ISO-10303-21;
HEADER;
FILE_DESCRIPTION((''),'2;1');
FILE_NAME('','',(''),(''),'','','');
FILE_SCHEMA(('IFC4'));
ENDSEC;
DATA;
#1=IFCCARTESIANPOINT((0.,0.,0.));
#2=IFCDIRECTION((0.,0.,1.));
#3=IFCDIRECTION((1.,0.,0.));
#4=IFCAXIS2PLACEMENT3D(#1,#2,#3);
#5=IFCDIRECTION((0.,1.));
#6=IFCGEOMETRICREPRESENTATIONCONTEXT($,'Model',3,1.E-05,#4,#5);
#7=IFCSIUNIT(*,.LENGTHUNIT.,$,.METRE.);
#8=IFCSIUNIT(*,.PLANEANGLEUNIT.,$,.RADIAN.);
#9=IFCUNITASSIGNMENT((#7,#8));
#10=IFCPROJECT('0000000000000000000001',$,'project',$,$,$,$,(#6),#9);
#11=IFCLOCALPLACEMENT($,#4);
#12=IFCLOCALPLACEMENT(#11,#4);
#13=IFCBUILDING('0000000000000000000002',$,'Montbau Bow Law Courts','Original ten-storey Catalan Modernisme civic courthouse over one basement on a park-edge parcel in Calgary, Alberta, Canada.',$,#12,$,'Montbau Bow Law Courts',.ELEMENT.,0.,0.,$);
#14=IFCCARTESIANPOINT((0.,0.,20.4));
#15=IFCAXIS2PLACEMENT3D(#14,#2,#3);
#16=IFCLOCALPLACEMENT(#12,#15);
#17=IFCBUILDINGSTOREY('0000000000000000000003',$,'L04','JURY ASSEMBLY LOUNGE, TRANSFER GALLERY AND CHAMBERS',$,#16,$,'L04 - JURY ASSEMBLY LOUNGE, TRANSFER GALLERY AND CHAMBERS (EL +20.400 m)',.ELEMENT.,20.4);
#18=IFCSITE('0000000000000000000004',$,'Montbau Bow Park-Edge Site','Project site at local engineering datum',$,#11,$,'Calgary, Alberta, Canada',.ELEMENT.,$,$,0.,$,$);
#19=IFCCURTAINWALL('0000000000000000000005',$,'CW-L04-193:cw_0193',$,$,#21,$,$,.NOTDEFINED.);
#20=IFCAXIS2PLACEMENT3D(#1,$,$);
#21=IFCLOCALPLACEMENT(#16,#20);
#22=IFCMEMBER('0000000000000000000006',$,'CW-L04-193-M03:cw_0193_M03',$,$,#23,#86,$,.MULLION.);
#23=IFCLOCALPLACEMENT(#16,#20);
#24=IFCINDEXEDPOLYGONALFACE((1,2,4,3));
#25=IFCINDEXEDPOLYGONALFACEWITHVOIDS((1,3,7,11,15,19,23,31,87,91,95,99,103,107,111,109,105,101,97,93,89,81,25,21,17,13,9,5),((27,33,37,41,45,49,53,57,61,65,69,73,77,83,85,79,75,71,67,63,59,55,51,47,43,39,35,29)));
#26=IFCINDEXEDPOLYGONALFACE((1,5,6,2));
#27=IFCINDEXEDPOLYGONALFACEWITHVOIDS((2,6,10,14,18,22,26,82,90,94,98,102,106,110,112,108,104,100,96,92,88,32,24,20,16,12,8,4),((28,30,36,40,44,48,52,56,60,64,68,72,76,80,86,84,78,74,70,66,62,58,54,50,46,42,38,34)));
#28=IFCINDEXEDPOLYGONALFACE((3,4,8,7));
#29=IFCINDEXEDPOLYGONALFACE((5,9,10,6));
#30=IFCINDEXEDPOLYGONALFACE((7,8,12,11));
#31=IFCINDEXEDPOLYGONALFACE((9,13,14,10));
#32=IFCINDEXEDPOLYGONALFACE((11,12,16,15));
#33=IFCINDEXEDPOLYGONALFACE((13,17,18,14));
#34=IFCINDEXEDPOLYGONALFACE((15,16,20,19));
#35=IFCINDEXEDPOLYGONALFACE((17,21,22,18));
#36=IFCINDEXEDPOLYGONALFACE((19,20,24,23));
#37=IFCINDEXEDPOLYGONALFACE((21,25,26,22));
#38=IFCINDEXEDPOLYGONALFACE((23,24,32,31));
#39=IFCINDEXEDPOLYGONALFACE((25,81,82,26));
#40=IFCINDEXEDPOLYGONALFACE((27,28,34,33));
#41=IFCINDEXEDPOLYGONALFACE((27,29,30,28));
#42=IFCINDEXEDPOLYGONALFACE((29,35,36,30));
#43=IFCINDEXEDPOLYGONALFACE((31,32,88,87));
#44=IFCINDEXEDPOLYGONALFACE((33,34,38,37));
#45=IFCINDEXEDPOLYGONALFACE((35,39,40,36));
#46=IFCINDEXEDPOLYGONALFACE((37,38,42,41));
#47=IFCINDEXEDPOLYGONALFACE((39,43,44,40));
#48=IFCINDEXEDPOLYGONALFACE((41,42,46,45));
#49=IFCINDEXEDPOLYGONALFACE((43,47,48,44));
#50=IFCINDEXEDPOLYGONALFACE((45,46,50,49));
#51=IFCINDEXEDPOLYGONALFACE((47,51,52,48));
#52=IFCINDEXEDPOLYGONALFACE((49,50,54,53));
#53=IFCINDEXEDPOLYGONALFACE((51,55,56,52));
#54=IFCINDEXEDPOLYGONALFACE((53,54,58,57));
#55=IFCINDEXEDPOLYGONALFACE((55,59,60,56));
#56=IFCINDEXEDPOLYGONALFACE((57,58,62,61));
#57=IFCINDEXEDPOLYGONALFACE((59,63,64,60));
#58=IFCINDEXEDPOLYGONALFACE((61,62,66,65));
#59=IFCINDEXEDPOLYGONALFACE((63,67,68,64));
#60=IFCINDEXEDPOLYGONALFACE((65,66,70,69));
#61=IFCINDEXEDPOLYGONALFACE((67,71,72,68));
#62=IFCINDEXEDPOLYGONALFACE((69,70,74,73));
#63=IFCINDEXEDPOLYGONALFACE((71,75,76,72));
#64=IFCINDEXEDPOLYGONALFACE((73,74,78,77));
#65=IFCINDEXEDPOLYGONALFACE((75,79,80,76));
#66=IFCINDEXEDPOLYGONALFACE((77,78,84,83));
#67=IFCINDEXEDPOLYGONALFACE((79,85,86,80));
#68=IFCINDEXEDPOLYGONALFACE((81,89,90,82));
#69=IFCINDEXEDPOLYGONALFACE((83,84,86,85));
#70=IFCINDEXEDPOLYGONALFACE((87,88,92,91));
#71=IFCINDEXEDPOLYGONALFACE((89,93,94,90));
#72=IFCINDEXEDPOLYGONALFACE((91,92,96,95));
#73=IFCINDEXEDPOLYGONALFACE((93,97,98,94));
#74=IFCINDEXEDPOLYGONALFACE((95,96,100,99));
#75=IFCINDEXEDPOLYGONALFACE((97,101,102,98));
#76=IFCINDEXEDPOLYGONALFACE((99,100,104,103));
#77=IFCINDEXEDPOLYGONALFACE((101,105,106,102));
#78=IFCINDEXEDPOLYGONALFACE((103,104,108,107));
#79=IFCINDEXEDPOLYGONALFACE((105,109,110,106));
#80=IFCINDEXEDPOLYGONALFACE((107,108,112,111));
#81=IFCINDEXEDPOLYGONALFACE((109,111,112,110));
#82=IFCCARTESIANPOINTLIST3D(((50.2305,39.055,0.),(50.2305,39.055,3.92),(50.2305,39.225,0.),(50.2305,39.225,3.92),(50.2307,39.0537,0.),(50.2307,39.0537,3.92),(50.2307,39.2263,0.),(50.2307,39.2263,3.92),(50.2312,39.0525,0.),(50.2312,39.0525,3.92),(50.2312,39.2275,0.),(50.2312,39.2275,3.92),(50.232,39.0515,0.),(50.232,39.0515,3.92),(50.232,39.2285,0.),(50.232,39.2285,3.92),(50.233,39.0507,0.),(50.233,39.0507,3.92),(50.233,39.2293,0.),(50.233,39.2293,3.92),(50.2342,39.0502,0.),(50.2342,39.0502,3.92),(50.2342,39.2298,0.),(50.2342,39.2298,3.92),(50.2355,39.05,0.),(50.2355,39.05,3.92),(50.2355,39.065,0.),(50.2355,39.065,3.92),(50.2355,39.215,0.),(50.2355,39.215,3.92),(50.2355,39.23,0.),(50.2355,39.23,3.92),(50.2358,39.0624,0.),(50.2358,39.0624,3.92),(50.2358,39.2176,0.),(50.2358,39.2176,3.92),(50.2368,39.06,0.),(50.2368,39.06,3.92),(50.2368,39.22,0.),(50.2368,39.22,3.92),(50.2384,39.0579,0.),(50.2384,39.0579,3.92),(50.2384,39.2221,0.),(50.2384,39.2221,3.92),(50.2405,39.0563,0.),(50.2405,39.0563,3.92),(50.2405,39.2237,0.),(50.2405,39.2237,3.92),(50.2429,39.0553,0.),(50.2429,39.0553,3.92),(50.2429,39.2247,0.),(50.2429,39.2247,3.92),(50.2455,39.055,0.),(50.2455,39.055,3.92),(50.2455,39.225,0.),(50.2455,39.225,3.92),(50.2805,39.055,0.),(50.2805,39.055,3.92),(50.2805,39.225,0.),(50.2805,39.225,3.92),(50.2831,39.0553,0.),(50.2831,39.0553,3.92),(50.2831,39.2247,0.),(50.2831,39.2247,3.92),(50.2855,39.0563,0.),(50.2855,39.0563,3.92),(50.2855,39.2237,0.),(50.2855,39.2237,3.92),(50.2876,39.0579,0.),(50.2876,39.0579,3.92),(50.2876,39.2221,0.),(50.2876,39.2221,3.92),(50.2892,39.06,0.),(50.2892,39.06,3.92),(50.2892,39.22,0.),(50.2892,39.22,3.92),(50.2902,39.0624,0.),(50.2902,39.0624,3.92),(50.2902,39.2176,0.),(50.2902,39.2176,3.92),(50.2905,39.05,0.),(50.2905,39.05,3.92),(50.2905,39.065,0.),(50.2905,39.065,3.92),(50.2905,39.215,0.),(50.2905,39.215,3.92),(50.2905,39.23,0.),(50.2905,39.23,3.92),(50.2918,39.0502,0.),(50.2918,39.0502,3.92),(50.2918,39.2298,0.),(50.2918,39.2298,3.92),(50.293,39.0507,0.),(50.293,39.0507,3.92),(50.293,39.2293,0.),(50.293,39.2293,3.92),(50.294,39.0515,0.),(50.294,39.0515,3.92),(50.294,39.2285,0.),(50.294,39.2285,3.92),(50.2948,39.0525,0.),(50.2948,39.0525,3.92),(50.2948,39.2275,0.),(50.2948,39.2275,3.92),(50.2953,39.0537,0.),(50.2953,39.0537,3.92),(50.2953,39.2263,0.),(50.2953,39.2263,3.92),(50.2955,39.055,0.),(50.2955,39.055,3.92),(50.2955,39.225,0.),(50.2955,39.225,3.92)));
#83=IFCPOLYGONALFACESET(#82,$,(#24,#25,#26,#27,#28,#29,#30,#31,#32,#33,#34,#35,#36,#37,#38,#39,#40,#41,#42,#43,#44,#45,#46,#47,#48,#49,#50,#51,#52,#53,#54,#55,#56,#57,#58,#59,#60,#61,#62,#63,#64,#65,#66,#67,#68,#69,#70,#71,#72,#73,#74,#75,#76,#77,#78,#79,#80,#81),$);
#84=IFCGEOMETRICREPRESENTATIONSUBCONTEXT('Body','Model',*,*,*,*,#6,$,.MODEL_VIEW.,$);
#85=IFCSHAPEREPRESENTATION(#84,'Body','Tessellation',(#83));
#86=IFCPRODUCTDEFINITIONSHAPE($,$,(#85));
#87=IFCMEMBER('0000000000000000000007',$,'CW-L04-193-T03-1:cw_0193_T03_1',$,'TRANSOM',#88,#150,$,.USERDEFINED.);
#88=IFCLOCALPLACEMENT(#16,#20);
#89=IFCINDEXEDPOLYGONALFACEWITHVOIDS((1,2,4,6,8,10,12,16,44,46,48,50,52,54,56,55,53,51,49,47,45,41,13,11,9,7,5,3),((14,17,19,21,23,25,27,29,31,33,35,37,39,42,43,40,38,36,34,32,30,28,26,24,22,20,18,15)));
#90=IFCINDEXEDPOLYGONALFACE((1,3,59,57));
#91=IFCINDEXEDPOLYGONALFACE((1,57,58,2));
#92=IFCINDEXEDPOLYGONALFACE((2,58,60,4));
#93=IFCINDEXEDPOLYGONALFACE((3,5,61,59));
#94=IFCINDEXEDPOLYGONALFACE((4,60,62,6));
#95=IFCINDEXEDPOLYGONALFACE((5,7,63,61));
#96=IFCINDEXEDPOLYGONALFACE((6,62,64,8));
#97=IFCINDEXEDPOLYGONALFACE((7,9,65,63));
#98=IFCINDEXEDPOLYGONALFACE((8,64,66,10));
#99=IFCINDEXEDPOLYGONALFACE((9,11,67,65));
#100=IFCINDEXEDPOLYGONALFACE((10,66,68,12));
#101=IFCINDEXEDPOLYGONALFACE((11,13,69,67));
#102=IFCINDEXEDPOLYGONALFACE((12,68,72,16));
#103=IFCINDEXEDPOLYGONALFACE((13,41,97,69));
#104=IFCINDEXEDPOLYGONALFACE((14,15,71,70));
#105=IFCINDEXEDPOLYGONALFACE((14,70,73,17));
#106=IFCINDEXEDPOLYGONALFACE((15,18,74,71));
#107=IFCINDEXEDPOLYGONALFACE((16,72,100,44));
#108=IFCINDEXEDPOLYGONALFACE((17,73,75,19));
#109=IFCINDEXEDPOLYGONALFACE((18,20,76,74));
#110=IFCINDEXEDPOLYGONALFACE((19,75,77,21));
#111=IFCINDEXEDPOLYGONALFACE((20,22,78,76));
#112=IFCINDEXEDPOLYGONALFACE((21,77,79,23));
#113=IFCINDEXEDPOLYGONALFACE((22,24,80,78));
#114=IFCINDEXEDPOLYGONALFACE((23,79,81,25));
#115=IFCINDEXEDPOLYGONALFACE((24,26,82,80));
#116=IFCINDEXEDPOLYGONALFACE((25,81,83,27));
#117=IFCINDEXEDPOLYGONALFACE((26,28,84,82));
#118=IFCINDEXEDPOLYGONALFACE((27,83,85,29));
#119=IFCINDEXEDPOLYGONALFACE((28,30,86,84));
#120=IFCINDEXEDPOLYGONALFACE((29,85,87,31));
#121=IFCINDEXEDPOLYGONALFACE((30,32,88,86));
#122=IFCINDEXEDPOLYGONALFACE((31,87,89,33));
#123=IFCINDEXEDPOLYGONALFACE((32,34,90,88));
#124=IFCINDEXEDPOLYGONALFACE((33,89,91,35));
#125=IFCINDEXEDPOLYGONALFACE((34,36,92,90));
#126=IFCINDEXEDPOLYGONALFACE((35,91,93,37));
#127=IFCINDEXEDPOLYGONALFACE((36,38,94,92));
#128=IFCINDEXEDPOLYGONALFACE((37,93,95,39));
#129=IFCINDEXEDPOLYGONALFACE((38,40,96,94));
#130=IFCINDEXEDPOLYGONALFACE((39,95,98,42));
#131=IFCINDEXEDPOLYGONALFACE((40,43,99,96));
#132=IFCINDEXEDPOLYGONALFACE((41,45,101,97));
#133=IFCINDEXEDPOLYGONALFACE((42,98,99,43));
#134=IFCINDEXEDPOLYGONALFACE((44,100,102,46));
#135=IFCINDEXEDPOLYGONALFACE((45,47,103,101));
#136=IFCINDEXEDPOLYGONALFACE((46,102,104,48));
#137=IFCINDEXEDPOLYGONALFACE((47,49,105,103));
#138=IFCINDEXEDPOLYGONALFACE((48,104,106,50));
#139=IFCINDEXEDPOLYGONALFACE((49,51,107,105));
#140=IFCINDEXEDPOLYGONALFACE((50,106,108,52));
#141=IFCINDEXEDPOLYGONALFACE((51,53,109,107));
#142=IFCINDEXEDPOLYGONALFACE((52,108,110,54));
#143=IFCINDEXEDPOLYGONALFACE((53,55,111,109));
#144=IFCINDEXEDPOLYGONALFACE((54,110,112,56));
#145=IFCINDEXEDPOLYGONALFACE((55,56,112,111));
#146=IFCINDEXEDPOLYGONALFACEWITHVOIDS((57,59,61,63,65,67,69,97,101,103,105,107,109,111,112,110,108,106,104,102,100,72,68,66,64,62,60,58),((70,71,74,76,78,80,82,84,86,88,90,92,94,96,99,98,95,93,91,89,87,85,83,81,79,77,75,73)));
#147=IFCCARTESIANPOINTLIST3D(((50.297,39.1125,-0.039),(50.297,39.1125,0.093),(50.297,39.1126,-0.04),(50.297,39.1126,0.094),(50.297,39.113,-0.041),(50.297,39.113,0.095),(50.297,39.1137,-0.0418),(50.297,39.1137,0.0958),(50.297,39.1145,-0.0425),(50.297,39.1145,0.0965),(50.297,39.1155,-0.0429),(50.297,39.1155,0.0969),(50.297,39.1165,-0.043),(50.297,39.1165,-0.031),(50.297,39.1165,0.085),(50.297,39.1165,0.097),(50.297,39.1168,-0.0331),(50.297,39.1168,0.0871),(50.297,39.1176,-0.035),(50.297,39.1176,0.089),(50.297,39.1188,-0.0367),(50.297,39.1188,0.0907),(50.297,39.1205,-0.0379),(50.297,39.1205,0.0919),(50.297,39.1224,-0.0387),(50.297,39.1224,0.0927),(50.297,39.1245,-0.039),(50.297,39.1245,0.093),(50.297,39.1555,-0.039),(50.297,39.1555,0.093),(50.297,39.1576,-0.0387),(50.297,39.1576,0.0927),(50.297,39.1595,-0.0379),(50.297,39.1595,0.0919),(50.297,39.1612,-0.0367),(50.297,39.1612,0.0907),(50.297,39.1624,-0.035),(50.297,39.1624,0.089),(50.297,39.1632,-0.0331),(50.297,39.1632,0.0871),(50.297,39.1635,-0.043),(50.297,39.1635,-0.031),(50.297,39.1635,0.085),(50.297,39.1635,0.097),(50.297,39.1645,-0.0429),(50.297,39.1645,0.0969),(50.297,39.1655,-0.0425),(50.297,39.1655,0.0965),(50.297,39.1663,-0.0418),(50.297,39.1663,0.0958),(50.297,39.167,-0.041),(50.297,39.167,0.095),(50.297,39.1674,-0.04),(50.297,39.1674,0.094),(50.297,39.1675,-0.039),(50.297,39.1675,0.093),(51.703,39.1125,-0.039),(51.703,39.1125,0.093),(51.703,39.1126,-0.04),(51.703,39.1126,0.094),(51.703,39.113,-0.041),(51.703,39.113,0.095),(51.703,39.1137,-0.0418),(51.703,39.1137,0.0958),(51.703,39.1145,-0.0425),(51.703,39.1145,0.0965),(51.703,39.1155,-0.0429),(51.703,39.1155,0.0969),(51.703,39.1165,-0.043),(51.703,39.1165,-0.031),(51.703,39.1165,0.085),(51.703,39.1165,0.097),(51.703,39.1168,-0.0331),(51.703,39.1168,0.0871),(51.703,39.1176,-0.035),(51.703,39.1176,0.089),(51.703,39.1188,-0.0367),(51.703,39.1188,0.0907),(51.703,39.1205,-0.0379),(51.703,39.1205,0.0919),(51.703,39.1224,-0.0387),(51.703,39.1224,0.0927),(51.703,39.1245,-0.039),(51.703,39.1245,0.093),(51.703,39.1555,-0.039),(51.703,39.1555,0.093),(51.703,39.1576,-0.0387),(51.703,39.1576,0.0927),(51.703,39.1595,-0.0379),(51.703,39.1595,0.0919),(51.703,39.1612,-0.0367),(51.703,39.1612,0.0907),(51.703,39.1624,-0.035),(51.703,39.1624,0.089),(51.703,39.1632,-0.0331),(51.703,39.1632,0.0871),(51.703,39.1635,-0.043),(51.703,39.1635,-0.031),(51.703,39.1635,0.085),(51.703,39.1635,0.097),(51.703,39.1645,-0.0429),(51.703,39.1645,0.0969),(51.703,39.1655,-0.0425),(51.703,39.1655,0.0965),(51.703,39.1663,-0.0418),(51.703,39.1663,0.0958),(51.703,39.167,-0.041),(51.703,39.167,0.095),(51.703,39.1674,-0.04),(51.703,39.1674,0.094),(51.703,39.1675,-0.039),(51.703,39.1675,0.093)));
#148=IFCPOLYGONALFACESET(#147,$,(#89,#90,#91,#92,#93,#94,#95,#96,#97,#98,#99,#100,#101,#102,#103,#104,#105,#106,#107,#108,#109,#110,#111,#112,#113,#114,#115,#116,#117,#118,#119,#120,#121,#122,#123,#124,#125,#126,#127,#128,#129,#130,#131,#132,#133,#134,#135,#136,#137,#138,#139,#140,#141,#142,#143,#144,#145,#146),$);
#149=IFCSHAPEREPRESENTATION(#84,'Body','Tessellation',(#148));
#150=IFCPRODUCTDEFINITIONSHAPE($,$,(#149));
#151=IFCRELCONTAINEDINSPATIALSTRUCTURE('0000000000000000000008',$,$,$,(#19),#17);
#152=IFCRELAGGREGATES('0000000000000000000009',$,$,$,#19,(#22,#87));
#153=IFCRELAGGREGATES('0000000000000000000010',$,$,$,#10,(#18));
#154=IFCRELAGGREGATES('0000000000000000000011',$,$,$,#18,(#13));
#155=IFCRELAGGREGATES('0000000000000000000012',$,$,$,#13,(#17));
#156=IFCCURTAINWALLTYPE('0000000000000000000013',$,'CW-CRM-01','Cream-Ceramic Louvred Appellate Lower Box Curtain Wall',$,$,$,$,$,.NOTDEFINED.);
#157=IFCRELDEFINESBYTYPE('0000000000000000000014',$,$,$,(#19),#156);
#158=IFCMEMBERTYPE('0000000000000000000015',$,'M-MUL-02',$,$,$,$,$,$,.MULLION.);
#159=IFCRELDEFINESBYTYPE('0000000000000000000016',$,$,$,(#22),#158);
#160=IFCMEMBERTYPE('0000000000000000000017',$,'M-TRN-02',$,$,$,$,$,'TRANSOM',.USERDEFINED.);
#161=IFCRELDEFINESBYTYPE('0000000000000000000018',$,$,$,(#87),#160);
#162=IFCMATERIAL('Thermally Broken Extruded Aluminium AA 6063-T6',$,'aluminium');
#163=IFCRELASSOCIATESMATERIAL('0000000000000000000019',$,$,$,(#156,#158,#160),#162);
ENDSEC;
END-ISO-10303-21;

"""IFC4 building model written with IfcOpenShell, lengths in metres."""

from ifc_helpers import new_model, si_unit, direction, frame, origin_with_axes, origin_2d_with_axis, place, context, subcontext, project, spatial, hollow_rectangle, extrude, material, material_profile, profile_set, type_object, element, aggregate, save


model = new_model("IFC4")

# Units and contexts
model_context = context("Model", 3, precision=1e-05, world=origin_with_axes(), true_north=direction((0.0, 1.0)))
body_context = subcontext(model_context, "Body", "Model", "MODEL_VIEW")
ifc_project = project(units=[si_unit("LENGTHUNIT", "METRE"), si_unit("PLANEANGLEUNIT", "RADIAN")], contexts=[model_context])

# Site, building, storey
site_placement = place(None, origin_with_axes())
site = spatial("IfcSite", under=ifc_project, at=site_placement, Name="Montbau Bow Park-Edge Site", Description="Project site at local engineering datum", LongName="Calgary, Alberta, Canada", CompositionType="ELEMENT", RefElevation=0.0)
building_placement = place(site_placement, origin_with_axes())
building = spatial("IfcBuilding", under=site, at=building_placement, Name="Montbau Bow Law Courts", Description="Original ten-storey Catalan Modernisme civic courthouse over one basement on a park-edge parcel in Calgary, Alberta, Canada.", LongName="Montbau Bow Law Courts", CompositionType="ELEMENT", ElevationOfRefHeight=0.0, ElevationOfTerrain=0.0)
storey_placement = place(building_placement, frame((0.0, 0.0, 20.4), z_axis=(0.0, 0.0, 1.0), x_axis=(1.0, 0.0, 0.0)))
storey = spatial("IfcBuildingStorey", under=building, at=storey_placement, Name="L04", Description="JURY ASSEMBLY LOUNGE, TRANSFER GALLERY AND CHAMBERS", LongName="L04 - JURY ASSEMBLY LOUNGE, TRANSFER GALLERY AND CHAMBERS (EL +20.400 m)", CompositionType="ELEMENT", Elevation=20.4)

# Curtain wall, members
ifc_material_1 = material(Name="Thermally Broken Extruded Aluminium AA 6063-T6", Category="aluminium")
curtain_wall_type = type_object("IfcCurtainWallType", Name="CW-CRM-01", Description="Cream-Ceramic Louvred Appellate Lower Box Curtain Wall", PredefinedType="NOTDEFINED", material=ifc_material_1)
curtain_wall_placement = place(None, frame((47.315, 39.14, 20.4), z_axis=(0.0, 0.0, 1.0), x_axis=(1.0, 0.0, 0.0)))
curtain_wall = element("IfcCurtainWall", 1, at=curtain_wall_placement, inside=storey, type_object=curtain_wall_type, Name="CW-L04-193:cw_0193", PredefinedType="NOTDEFINED")
ifc_material_profile_1 = material_profile(ifc_material_1, hollow_rectangle(XDim=0.065, YDim=0.18, WallThickness=0.005, InnerFilletRadius=0.01, OuterFilletRadius=0.005, at=origin_2d_with_axis()), Name="CWM-180X65", Category="Main", Priority=0)
ifc_profile_set_1 = profile_set([ifc_material_profile_1], Name="Thermally Broken Extruded Aluminium AA 6063-T6")
member_type_1 = type_object("IfcMemberType", Name="M-MUL-02", PredefinedType="MULLION", material=ifc_profile_set_1)
member_1_placement = place(None, frame((50.263, 39.14, 20.4), z_axis=(0.0, 0.0, 1.0), x_axis=(1.0, 0.0, 0.0)))
member_1 = element("IfcMember", 2, at=member_1_placement, type_object=member_type_1, Name="CW-L04-193-M03:cw_0193_M03", PredefinedType="MULLION", context=body_context, shape_type="SweptSolid", body=[
    extrude(hollow_rectangle(XDim=0.065, YDim=0.18, WallThickness=0.005, InnerFilletRadius=0.01, OuterFilletRadius=0.005, at=origin_2d_with_axis()), origin_with_axes(), (0.0, 0.0, 1.0), 3.92),
])
ifc_material_profile_2 = material_profile(ifc_material_1, hollow_rectangle(XDim=0.055, YDim=0.14, WallThickness=0.004, InnerFilletRadius=0.008, OuterFilletRadius=0.004, at=origin_2d_with_axis()), Name="CWT-140X55", Category="Main", Priority=0)
ifc_profile_set_2 = profile_set([ifc_material_profile_2], Name="Thermally Broken Extruded Aluminium AA 6063-T6")
member_type_2 = type_object("IfcMemberType", Name="M-TRN-02", ElementType="TRANSOM", PredefinedType="USERDEFINED", material=ifc_profile_set_2)
member_2_placement = place(None, frame((50.297, 39.14, 20.427), z_axis=(1.0, 0.0, 0.0), x_axis=(0.0, 1.0, 0.0)))
member_2 = element("IfcMember", 3, at=member_2_placement, type_object=member_type_2, Name="CW-L04-193-T03-1:cw_0193_T03_1", ObjectType="TRANSOM", PredefinedType="USERDEFINED", context=body_context, shape_type="SweptSolid", body=[
    extrude(hollow_rectangle(XDim=0.055, YDim=0.14, WallThickness=0.004, InnerFilletRadius=0.008, OuterFilletRadius=0.004, at=origin_2d_with_axis()), origin_with_axes(), (0.0, 0.0, 1.0), 1.406),
])
aggregate(curtain_wall, [member_1, member_2])

save(model, "model.ifc")
